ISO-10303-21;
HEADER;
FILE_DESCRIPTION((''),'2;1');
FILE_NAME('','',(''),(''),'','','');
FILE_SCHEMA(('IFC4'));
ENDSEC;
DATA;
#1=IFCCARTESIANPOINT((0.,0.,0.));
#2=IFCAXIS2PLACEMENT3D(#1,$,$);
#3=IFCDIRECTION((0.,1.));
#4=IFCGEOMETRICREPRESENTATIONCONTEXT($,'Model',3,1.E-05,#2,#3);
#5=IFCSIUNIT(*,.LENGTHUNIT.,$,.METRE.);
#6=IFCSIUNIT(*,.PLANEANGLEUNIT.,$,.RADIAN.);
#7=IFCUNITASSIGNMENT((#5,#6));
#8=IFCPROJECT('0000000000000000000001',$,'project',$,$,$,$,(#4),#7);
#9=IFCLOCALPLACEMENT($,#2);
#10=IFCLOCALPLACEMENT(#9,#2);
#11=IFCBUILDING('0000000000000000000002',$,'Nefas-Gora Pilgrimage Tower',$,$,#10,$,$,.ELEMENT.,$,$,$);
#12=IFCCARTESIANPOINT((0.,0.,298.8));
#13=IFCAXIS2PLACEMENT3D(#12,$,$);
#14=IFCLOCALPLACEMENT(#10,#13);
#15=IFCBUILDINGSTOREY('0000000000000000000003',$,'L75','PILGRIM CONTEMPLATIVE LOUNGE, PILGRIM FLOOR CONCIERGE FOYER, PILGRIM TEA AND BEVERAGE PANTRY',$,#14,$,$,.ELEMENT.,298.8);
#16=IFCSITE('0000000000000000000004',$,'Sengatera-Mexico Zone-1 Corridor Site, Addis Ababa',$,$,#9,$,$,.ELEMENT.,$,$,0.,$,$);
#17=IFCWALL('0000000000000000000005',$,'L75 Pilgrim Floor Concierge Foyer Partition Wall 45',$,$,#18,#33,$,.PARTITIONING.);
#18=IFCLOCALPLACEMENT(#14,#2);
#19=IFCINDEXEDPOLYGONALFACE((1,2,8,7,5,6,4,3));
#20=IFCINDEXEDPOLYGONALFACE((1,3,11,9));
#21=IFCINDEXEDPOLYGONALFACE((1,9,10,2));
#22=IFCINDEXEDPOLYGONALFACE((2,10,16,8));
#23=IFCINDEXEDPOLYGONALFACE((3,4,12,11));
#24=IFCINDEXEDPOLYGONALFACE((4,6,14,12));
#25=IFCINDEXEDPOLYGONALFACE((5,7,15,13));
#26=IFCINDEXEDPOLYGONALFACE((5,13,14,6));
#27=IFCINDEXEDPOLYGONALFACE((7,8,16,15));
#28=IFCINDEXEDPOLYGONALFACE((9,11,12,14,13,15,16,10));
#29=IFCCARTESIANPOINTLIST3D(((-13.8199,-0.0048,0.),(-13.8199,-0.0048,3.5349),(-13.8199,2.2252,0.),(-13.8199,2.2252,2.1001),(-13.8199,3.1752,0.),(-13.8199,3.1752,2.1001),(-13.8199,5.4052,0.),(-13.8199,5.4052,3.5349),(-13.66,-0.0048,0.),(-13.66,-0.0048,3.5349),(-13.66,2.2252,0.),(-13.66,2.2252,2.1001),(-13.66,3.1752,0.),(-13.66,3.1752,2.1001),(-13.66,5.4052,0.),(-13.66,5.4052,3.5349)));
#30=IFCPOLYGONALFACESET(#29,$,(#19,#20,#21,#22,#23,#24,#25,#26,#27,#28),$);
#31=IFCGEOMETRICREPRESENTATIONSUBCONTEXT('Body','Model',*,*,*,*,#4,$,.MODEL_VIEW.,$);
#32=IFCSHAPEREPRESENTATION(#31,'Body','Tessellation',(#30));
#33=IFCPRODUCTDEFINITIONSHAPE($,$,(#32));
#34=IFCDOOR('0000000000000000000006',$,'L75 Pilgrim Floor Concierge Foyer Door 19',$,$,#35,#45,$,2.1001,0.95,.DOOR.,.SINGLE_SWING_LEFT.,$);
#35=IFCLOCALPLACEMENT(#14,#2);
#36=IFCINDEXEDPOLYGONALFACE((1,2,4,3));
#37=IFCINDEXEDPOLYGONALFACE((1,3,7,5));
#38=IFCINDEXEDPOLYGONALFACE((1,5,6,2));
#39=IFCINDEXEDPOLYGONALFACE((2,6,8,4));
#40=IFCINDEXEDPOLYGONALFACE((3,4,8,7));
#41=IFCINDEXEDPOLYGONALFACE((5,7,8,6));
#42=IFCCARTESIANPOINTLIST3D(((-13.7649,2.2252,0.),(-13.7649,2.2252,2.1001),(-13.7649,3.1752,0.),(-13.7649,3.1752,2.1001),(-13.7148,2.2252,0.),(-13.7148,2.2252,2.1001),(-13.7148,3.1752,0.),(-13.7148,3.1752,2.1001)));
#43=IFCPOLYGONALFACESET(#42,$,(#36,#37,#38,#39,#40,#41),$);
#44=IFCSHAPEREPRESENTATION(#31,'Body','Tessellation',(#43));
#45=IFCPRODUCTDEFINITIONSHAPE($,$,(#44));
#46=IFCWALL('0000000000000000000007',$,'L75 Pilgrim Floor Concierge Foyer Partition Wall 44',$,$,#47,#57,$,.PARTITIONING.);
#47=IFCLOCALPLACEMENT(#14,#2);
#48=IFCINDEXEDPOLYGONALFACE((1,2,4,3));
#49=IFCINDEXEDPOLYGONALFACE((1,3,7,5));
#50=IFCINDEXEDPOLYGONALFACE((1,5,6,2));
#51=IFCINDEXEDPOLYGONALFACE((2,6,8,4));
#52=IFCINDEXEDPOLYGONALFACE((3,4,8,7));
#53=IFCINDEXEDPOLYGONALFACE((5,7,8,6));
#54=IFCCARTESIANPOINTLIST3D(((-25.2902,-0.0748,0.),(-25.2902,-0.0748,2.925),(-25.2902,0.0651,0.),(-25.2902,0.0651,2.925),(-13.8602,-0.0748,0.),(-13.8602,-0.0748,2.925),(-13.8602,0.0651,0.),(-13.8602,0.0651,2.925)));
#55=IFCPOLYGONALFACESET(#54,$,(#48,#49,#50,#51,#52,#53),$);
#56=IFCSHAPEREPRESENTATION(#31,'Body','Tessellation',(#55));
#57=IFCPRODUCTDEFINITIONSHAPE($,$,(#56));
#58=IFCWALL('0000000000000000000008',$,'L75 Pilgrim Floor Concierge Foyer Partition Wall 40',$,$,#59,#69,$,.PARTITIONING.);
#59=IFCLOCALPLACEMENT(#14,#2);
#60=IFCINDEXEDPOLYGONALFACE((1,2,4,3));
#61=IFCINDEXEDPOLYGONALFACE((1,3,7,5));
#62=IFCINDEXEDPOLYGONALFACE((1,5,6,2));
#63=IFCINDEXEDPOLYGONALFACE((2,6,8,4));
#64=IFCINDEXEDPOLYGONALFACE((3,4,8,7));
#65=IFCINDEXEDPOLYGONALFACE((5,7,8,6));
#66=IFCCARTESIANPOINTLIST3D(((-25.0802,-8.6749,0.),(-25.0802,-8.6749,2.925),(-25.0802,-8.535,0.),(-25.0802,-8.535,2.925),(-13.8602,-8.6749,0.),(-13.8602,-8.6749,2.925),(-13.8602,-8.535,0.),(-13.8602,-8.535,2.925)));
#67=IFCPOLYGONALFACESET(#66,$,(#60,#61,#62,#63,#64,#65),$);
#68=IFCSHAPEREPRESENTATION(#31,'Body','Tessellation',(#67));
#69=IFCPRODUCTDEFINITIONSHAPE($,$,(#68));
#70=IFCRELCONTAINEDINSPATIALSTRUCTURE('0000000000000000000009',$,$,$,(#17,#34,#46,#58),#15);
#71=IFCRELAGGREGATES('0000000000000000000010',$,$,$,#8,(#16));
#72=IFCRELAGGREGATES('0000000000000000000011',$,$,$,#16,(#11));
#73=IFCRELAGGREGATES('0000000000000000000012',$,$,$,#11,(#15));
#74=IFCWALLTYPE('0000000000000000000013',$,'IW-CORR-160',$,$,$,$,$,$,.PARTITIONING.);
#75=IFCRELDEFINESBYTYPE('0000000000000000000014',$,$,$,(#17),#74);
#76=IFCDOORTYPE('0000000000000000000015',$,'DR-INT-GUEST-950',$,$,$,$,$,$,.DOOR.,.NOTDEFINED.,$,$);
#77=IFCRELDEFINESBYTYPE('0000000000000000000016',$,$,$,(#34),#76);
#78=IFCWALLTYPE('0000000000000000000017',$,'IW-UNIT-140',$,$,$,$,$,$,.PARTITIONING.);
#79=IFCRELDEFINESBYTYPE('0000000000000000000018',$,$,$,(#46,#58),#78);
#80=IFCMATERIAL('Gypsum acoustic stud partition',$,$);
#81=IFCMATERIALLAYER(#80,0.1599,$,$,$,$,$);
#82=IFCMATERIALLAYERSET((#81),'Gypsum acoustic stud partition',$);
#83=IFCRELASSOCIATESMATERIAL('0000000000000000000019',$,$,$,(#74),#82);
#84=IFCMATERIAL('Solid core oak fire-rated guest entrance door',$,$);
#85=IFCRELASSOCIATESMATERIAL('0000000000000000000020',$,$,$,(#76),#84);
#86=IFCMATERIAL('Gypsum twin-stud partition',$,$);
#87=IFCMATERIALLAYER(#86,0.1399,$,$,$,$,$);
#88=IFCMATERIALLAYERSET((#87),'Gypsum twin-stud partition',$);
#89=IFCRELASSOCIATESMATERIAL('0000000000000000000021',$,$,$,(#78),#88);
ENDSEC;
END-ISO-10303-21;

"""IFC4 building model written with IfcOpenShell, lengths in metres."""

from ifc_helpers import new_model, si_unit, direction, frame, frame_2d, origin, place, context, subcontext, project, spatial, rectangle, extrude, source, transform, mapped, material, layer, layer_set, type_object, element, fill, save


model = new_model("IFC4")

# Units and contexts
model_context = context("Model", 3, precision=1e-05, world=origin(), true_north=direction((0.0, 1.0)))
body_context = subcontext(model_context, "Body", "Model", "MODEL_VIEW")
ifc_project = project(units=[si_unit("LENGTHUNIT", "METRE"), si_unit("PLANEANGLEUNIT", "RADIAN")], contexts=[model_context])

# Site, building, storey
site_placement = place(None, origin())
site = spatial("IfcSite", under=ifc_project, at=site_placement, Name="Sengatera-Mexico Zone-1 Corridor Site, Addis Ababa", CompositionType="ELEMENT", RefElevation=0.0)
building_placement = place(site_placement, origin())
building = spatial("IfcBuilding", under=site, at=building_placement, Name="Nefas-Gora Pilgrimage Tower", CompositionType="ELEMENT")
storey_placement = place(building_placement, frame((0.0, 0.0, 298.8)))
storey = spatial("IfcBuildingStorey", under=building, at=storey_placement, Name="L75", Description="PILGRIM CONTEMPLATIVE LOUNGE, PILGRIM FLOOR CONCIERGE FOYER, PILGRIM TEA AND BEVERAGE PANTRY", CompositionType="ELEMENT", Elevation=298.8)

# Shared definitions
ifc_material_1 = material(Name="Gypsum acoustic stud partition")
ifc_layer_1 = layer(ifc_material_1, 0.1599)
ifc_layer_set_1 = layer_set([ifc_layer_1], Name="Gypsum acoustic stud partition")
wall_type_1 = type_object("IfcWallType", Name="IW-CORR-160", PredefinedType="PARTITIONING", material=ifc_layer_set_1)
ifc_material_2 = material(Name="Solid core oak fire-rated guest entrance door")
door_type_1 = type_object("IfcDoorType", Name="DR-INT-GUEST-950", OperationType="NOTDEFINED", PredefinedType="DOOR", material=ifc_material_2)
shared_shape_1 = source(origin(), body_context, "Body", "SweptSolid", [
    extrude(rectangle(XDim=0.95, YDim=2.1001, at=frame_2d((0.4751, 1.05))), frame((0.0, 0.0249, 0.0), z_axis=(0.0, -1.0, 0.0), x_axis=(1.0, 0.0, 0.0)), (0.0, 0.0, 1.0), 0.05),
])

# Shared definitions
ifc_material_3 = material(Name="Gypsum twin-stud partition")
ifc_layer_2 = layer(ifc_material_3, 0.1399)
ifc_layer_set_2 = layer_set([ifc_layer_2], Name="Gypsum twin-stud partition")
wall_type_2 = type_object("IfcWallType", Name="IW-UNIT-140", PredefinedType="PARTITIONING", material=ifc_layer_set_2)

# Wall, opening, door
shared_shape_2 = source(origin(), body_context, "Body", "SweptSolid", [
    extrude(rectangle(XDim=5.4099, YDim=0.1599, at=frame_2d((2.7051, 0.0))), origin(), (0.0, 0.0, 1.0), 3.5349),
])
wall_1_placement = place(storey_placement, frame((-13.74, -0.0049, 0.0), z_axis=(0.0, 0.0, 1.0), x_axis=(0.0, 1.0, 0.0)))
wall_1 = element("IfcWall", 1, at=wall_1_placement, inside=storey, type_object=wall_type_1, Name="L75 Pilgrim Floor Concierge Foyer Partition Wall 45", PredefinedType="PARTITIONING", context=body_context, shape_type="MappedRepresentation", body=[
    mapped(shared_shape_2, transform((0.0, 0.0, 0.0), x_axis=(1.0, 0.0, 0.0), y_axis=(0.0, 1.0, 0.0), z_axis=(0.0, 0.0, 1.0), scale=1.0)),
])
opening_1_placement = place(wall_1_placement, frame((2.23, 0.0, 0.0)))
opening_1 = element("IfcOpeningElement", 2, at=opening_1_placement, cuts=wall_1, PredefinedType="OPENING", context=body_context, shape_type="SweptSolid", body=[
    extrude(rectangle(XDim=0.95, YDim=2.1001, at=frame_2d((0.4751, 1.05))), frame((0.0, 0.0898, 0.0), z_axis=(0.0, -1.0, 0.0), x_axis=(1.0, 0.0, 0.0)), (0.0, 0.0, 1.0), 0.1799),
])
door_1_placement = place(opening_1_placement, origin())
door_1 = element("IfcDoor", 3, at=door_1_placement, inside=storey, type_object=door_type_1, Name="L75 Pilgrim Floor Concierge Foyer Door 19", OperationType="SINGLE_SWING_LEFT", OverallHeight=2.1001, OverallWidth=0.95, PredefinedType="DOOR", context=body_context, shape_type="MappedRepresentation", body=[
    mapped(shared_shape_1, transform((0.0, 0.0, 0.0), x_axis=(1.0, 0.0, 0.0), y_axis=(0.0, 1.0, 0.0), z_axis=(0.0, 0.0, 1.0), scale=1.0)),
])
fill(opening_1, door_1)

# Walls
shared_shape_3 = source(origin(), body_context, "Body", "SweptSolid", [
    extrude(rectangle(XDim=11.4299, YDim=0.1399, at=frame_2d((5.7148, 0.0))), origin(), (0.0, 0.0, 1.0), 2.925),
])
wall_2_placement = place(storey_placement, frame((-25.29, -0.0049, 0.0), z_axis=(0.0, 0.0, 1.0), x_axis=(1.0, 0.0, 0.0)))
element("IfcWall", 4, at=wall_2_placement, inside=storey, type_object=wall_type_2, Name="L75 Pilgrim Floor Concierge Foyer Partition Wall 44", PredefinedType="PARTITIONING", context=body_context, shape_type="MappedRepresentation", body=[
    mapped(shared_shape_3, transform((0.0, 0.0, 0.0), x_axis=(1.0, 0.0, 0.0), y_axis=(0.0, 1.0, 0.0), z_axis=(0.0, 0.0, 1.0), scale=1.0)),
])
shared_shape_4 = source(origin(), body_context, "Body", "SweptSolid", [
    extrude(rectangle(XDim=11.22, YDim=0.1399, at=frame_2d((5.6099, 0.0))), origin(), (0.0, 0.0, 1.0), 2.925),
])
wall_3_placement = place(storey_placement, frame((-25.0801, -8.605, 0.0), z_axis=(0.0, 0.0, 1.0), x_axis=(1.0, 0.0, 0.0)))
element("IfcWall", 5, at=wall_3_placement, inside=storey, type_object=wall_type_2, Name="L75 Pilgrim Floor Concierge Foyer Partition Wall 40", PredefinedType="PARTITIONING", context=body_context, shape_type="MappedRepresentation", body=[
    mapped(shared_shape_4, transform((0.0, 0.0, 0.0), x_axis=(1.0, 0.0, 0.0), y_axis=(0.0, 1.0, 0.0), z_axis=(0.0, 0.0, 1.0), scale=1.0)),
])

save(model, "model.ifc")
